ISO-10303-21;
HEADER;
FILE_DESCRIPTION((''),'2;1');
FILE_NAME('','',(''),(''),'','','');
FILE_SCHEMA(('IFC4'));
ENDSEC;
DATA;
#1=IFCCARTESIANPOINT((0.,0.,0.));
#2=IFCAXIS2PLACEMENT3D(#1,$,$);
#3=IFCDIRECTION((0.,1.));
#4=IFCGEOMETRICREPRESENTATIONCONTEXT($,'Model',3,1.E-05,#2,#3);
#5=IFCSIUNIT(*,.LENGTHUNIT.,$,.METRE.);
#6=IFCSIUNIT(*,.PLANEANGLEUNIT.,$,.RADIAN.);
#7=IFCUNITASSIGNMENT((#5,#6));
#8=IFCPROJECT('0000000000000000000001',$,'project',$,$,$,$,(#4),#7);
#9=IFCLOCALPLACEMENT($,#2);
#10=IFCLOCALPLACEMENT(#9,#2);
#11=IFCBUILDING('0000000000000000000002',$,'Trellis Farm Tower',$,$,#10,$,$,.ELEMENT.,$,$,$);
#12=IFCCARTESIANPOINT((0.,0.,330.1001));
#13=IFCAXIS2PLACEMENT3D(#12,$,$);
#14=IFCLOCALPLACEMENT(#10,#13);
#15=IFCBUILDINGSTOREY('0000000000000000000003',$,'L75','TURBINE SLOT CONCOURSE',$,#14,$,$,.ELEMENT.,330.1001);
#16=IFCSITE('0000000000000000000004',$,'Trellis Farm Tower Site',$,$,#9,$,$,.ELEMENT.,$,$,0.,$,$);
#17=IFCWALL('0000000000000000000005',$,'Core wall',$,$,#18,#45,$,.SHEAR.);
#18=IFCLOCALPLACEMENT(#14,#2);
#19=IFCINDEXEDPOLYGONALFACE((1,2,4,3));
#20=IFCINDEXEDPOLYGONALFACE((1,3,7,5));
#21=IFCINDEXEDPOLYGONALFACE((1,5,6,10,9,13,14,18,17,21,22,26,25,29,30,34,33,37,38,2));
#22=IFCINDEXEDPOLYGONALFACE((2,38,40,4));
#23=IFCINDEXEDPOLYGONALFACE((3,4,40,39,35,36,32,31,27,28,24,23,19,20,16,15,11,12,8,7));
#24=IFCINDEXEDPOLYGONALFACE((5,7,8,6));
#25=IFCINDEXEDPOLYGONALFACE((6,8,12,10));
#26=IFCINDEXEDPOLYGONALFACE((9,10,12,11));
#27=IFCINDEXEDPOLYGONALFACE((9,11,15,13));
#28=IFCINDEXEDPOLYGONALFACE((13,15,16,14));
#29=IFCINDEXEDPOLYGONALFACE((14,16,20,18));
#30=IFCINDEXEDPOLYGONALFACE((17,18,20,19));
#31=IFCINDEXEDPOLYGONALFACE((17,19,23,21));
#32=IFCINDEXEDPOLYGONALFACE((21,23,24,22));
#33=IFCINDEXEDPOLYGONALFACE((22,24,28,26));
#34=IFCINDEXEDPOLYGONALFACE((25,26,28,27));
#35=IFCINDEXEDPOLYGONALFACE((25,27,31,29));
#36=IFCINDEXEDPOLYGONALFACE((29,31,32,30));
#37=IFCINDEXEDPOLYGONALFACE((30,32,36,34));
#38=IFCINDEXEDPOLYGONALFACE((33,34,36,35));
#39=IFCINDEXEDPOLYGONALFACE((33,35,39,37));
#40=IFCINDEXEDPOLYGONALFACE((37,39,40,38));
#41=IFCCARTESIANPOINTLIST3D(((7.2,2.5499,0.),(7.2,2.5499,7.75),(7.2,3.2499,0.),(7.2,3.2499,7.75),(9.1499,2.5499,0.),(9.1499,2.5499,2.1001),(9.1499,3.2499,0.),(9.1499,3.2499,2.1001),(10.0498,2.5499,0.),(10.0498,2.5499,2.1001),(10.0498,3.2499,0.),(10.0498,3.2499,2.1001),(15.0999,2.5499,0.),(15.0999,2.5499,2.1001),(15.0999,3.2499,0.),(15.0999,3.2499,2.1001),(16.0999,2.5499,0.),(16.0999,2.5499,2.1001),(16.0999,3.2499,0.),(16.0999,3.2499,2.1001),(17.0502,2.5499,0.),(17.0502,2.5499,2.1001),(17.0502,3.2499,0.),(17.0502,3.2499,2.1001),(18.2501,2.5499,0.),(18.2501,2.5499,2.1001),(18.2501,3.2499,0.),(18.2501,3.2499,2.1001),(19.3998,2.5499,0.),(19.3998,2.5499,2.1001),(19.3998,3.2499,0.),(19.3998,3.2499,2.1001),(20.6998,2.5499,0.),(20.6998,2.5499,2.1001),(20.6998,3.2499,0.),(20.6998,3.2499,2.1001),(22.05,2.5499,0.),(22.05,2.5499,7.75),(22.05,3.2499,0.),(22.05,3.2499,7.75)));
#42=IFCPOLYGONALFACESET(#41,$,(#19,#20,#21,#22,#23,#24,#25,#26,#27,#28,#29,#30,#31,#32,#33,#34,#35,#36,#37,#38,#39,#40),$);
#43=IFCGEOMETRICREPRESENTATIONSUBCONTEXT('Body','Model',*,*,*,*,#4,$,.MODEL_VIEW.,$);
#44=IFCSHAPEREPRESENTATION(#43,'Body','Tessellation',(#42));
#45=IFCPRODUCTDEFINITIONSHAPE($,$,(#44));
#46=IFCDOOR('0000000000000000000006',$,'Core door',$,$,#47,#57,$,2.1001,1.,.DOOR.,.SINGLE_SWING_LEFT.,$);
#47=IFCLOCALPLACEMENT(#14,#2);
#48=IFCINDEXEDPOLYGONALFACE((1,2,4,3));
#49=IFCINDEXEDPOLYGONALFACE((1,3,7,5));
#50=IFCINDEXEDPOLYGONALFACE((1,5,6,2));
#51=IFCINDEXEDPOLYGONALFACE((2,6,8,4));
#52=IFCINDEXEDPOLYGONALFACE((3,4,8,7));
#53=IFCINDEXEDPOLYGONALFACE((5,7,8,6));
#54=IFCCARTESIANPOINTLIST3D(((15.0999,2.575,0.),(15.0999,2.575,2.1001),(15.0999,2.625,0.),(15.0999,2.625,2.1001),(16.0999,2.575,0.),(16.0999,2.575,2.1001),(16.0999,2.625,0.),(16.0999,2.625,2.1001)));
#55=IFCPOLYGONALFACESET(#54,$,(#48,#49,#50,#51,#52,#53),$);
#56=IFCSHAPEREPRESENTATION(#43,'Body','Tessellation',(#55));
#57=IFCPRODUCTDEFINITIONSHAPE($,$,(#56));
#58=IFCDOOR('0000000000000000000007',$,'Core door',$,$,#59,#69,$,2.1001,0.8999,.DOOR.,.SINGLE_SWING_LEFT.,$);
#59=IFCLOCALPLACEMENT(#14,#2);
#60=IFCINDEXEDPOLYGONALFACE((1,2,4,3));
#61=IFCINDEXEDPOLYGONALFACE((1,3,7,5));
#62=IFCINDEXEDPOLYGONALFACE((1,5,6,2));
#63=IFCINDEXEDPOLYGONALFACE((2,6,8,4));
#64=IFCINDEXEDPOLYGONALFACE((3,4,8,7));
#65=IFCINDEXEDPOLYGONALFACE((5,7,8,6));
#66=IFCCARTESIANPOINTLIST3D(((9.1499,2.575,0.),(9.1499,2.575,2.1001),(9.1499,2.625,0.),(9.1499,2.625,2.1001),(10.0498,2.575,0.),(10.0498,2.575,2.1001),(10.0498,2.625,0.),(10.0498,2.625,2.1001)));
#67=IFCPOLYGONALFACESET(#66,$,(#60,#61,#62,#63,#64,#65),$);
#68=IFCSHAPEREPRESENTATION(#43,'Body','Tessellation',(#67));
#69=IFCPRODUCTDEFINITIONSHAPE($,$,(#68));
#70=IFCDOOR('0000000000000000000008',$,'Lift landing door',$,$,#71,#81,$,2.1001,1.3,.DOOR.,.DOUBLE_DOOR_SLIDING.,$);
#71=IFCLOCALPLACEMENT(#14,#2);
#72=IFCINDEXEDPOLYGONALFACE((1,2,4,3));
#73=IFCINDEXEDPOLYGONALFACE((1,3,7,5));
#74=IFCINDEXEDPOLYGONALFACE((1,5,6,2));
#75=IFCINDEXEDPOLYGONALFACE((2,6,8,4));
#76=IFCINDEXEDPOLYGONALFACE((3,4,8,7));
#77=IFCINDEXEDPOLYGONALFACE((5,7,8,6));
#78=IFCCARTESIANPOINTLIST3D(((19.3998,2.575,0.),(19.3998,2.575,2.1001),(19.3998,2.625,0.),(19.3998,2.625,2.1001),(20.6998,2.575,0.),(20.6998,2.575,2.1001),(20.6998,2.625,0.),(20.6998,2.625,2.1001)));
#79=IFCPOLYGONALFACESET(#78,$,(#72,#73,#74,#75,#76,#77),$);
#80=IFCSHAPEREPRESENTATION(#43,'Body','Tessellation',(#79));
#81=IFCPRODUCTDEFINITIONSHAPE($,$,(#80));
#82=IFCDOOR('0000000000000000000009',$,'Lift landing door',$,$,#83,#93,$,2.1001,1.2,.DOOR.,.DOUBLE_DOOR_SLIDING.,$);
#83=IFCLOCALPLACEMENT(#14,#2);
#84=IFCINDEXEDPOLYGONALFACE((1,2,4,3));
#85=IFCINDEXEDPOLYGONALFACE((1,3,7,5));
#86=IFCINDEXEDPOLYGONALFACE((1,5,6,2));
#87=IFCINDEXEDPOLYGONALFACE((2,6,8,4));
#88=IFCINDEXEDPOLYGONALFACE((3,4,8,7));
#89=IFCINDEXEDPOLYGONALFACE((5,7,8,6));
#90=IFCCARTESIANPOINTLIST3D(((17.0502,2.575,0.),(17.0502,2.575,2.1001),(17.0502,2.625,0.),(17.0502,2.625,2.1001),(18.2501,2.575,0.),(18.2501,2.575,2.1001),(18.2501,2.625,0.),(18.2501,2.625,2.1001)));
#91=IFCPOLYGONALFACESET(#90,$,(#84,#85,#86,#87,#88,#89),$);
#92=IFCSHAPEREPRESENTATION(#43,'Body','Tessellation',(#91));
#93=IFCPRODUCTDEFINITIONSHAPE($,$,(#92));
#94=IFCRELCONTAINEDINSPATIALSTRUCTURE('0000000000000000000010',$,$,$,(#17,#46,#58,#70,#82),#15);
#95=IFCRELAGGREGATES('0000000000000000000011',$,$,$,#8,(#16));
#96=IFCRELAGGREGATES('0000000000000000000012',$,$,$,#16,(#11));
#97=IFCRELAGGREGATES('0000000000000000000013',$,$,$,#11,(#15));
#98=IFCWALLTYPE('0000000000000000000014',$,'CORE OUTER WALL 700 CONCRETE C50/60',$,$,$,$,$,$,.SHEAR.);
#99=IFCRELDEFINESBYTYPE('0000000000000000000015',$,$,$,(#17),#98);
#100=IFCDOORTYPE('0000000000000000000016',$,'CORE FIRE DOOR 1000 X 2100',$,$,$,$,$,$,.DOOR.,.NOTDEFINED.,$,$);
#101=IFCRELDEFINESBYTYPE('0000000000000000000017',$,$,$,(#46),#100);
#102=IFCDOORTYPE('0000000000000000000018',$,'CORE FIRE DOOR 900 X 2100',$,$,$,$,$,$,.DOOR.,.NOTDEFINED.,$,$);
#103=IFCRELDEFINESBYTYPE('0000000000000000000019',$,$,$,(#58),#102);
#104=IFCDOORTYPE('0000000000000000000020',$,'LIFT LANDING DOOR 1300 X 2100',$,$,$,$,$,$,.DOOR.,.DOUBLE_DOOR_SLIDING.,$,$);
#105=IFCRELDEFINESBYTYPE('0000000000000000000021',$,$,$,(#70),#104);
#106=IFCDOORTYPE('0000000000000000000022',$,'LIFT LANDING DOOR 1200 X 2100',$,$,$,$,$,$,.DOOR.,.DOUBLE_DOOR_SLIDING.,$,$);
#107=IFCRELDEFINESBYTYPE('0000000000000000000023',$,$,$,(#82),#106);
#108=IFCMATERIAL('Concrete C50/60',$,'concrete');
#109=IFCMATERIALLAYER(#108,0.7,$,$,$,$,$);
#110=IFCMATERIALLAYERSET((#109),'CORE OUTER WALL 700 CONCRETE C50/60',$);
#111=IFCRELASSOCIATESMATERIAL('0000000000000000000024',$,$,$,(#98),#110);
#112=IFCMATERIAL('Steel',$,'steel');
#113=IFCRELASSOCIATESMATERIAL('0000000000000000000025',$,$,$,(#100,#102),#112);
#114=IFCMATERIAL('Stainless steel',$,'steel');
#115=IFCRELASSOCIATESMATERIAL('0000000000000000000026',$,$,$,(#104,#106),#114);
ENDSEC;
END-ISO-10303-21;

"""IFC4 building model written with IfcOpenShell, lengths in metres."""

from ifc_helpers import new_model, si_unit, direction, frame, frame_2d, origin, place, context, subcontext, project, spatial, rectangle, extrude, source, transform, mapped, material, layer, layer_set, type_object, element, fill, save


model = new_model("IFC4")

# Units and contexts
model_context = context("Model", 3, precision=1e-05, world=origin(), true_north=direction((0.0, 1.0)))
body_context = subcontext(model_context, "Body", "Model", "MODEL_VIEW")
ifc_project = project(units=[si_unit("LENGTHUNIT", "METRE"), si_unit("PLANEANGLEUNIT", "RADIAN")], contexts=[model_context])

# Site, building, storey
site_placement = place(None, origin())
site = spatial("IfcSite", under=ifc_project, at=site_placement, Name="Trellis Farm Tower Site", CompositionType="ELEMENT", RefElevation=0.0)
building_placement = place(site_placement, origin())
building = spatial("IfcBuilding", under=site, at=building_placement, Name="Trellis Farm Tower", CompositionType="ELEMENT")
storey_placement = place(building_placement, frame((0.0, 0.0, 330.1001)))
storey = spatial("IfcBuildingStorey", under=building, at=storey_placement, Name="L75", Description="TURBINE SLOT CONCOURSE", CompositionType="ELEMENT", Elevation=330.1001)

# Shared definitions
ifc_material_1 = material(Name="Concrete C50/60", Category="concrete")

# Wall, openings, doors
ifc_layer_1 = layer(ifc_material_1, 0.7)
ifc_layer_set_1 = layer_set([ifc_layer_1], Name="CORE OUTER WALL 700 CONCRETE C50/60")
wall_type = type_object("IfcWallType", Name="CORE OUTER WALL 700 CONCRETE C50/60", PredefinedType="SHEAR", material=ifc_layer_set_1)
shared_shape_1 = source(origin(), body_context, "Body", "SweptSolid", [
    extrude(rectangle(XDim=14.8501, YDim=0.7, at=frame_2d((7.425, 0.0))), origin(), (0.0, 0.0, 1.0), 7.75),
])
wall_placement = place(storey_placement, frame((7.2, 2.8999, 0.0), z_axis=(0.0, 0.0, 1.0), x_axis=(1.0, 0.0, 0.0)))
wall = element("IfcWall", 1, at=wall_placement, inside=storey, type_object=wall_type, Name="Core wall", PredefinedType="SHEAR", context=body_context, shape_type="MappedRepresentation", body=[
    mapped(shared_shape_1, transform((0.0, 0.0, 0.0))),
])
shared_shape_2 = source(origin(), body_context, "Body", "SweptSolid", [
    extrude(rectangle(XDim=1.3, YDim=2.1001, at=frame_2d((0.6499, 1.05))), frame((0.0, 0.3601, 0.0), z_axis=(0.0, -1.0, 0.0), x_axis=(1.0, 0.0, 0.0)), (0.0, 0.0, 1.0), 0.7202),
])
opening_1_placement = place(wall_placement, frame((12.2, 0.0, 0.0)))
opening_1 = element("IfcOpeningElement", 2, at=opening_1_placement, cuts=wall, PredefinedType="OPENING", context=body_context, shape_type="MappedRepresentation", body=[
    mapped(shared_shape_2, transform((0.0, 0.0, 0.0))),
])
shared_shape_3 = source(origin(), body_context, "Body", "SweptSolid", [
    extrude(rectangle(XDim=1.2, YDim=2.1001, at=frame_2d((0.6001, 1.05))), frame((0.0, 0.3601, 0.0), z_axis=(0.0, -1.0, 0.0), x_axis=(1.0, 0.0, 0.0)), (0.0, 0.0, 1.0), 0.7202),
])
opening_2_placement = place(wall_placement, frame((9.8501, 0.0, 0.0)))
opening_2 = element("IfcOpeningElement", 3, at=opening_2_placement, cuts=wall, PredefinedType="OPENING", context=body_context, shape_type="MappedRepresentation", body=[
    mapped(shared_shape_3, transform((0.0, 0.0, 0.0))),
])
shared_shape_4 = source(origin(), body_context, "Body", "SweptSolid", [
    extrude(rectangle(XDim=1.0, YDim=2.1001, at=frame_2d((0.5, 1.05))), frame((0.0, 0.3601, 0.0), z_axis=(0.0, -1.0, 0.0), x_axis=(1.0, 0.0, 0.0)), (0.0, 0.0, 1.0), 0.7202),
])
opening_3_placement = place(wall_placement, frame((7.8999, 0.0, 0.0)))
opening_3 = element("IfcOpeningElement", 4, at=opening_3_placement, cuts=wall, PredefinedType="OPENING", context=body_context, shape_type="MappedRepresentation", body=[
    mapped(shared_shape_4, transform((0.0, 0.0, 0.0))),
])
shared_shape_5 = source(origin(), body_context, "Body", "SweptSolid", [
    extrude(rectangle(XDim=0.8999, YDim=2.1001, at=frame_2d((0.45, 1.05))), frame((0.0, 0.3601, 0.0), z_axis=(0.0, -1.0, 0.0), x_axis=(1.0, 0.0, 0.0)), (0.0, 0.0, 1.0), 0.7202),
])
opening_4_placement = place(wall_placement, frame((1.95, 0.0, 0.0)))
opening_4 = element("IfcOpeningElement", 5, at=opening_4_placement, cuts=wall, PredefinedType="OPENING", context=body_context, shape_type="MappedRepresentation", body=[
    mapped(shared_shape_5, transform((0.0, 0.0, 0.0))),
])
ifc_material_2 = material(Name="Steel", Category="steel")
door_type_1 = type_object("IfcDoorType", Name="CORE FIRE DOOR 1000 X 2100", OperationType="NOTDEFINED", PredefinedType="DOOR", material=ifc_material_2)
shared_shape_6 = source(origin(), body_context, "Body", "SweptSolid", [
    extrude(rectangle(XDim=1.0, YDim=2.1001, at=frame_2d((0.5, 1.05))), frame((0.0, -0.2749, 0.0), z_axis=(0.0, -1.0, 0.0), x_axis=(1.0, 0.0, 0.0)), (0.0, 0.0, 1.0), 0.05),
])
door_1_placement = place(opening_3_placement, origin())
door_1 = element("IfcDoor", 6, at=door_1_placement, inside=storey, type_object=door_type_1, Name="Core door", OperationType="SINGLE_SWING_LEFT", OverallHeight=2.1001, OverallWidth=1.0, PredefinedType="DOOR", context=body_context, shape_type="MappedRepresentation", body=[
    mapped(shared_shape_6, transform((0.0, 0.0, 0.0))),
])
fill(opening_3, door_1)
door_type_2 = type_object("IfcDoorType", Name="CORE FIRE DOOR 900 X 2100", OperationType="NOTDEFINED", PredefinedType="DOOR", material=ifc_material_2)
shared_shape_7 = source(origin(), body_context, "Body", "SweptSolid", [
    extrude(rectangle(XDim=0.8999, YDim=2.1001, at=frame_2d((0.45, 1.05))), frame((0.0, -0.2749, 0.0), z_axis=(0.0, -1.0, 0.0), x_axis=(1.0, 0.0, 0.0)), (0.0, 0.0, 1.0), 0.05),
])
door_2_placement = place(opening_4_placement, origin())
door_2 = element("IfcDoor", 7, at=door_2_placement, inside=storey, type_object=door_type_2, Name="Core door", OperationType="SINGLE_SWING_LEFT", OverallHeight=2.1001, OverallWidth=0.8999, PredefinedType="DOOR", context=body_context, shape_type="MappedRepresentation", body=[
    mapped(shared_shape_7, transform((0.0, 0.0, 0.0))),
])
fill(opening_4, door_2)
ifc_material_3 = material(Name="Stainless steel", Category="steel")
door_type_3 = type_object("IfcDoorType", Name="LIFT LANDING DOOR 1300 X 2100", OperationType="DOUBLE_DOOR_SLIDING", PredefinedType="DOOR", material=ifc_material_3)
shared_shape_8 = source(origin(), body_context, "Body", "SweptSolid", [
    extrude(rectangle(XDim=1.3, YDim=2.1001, at=frame_2d((0.6499, 1.05))), frame((0.0, -0.2749, 0.0), z_axis=(0.0, -1.0, 0.0), x_axis=(1.0, 0.0, 0.0)), (0.0, 0.0, 1.0), 0.05),
])
door_3_placement = place(opening_1_placement, origin())
door_3 = element("IfcDoor", 8, at=door_3_placement, inside=storey, type_object=door_type_3, Name="Lift landing door", OperationType="DOUBLE_DOOR_SLIDING", OverallHeight=2.1001, OverallWidth=1.3, PredefinedType="DOOR", context=body_context, shape_type="MappedRepresentation", body=[
    mapped(shared_shape_8, transform((0.0, 0.0, 0.0))),
])
fill(opening_1, door_3)
door_type_4 = type_object("IfcDoorType", Name="LIFT LANDING DOOR 1200 X 2100", OperationType="DOUBLE_DOOR_SLIDING", PredefinedType="DOOR", material=ifc_material_3)
shared_shape_9 = source(origin(), body_context, "Body", "SweptSolid", [
    extrude(rectangle(XDim=1.2, YDim=2.1001, at=frame_2d((0.6001, 1.05))), frame((0.0, -0.2749, 0.0), z_axis=(0.0, -1.0, 0.0), x_axis=(1.0, 0.0, 0.0)), (0.0, 0.0, 1.0), 0.05),
])
door_4_placement = place(opening_2_placement, origin())
door_4 = element("IfcDoor", 9, at=door_4_placement, inside=storey, type_object=door_type_4, Name="Lift landing door", OperationType="DOUBLE_DOOR_SLIDING", OverallHeight=2.1001, OverallWidth=1.2, PredefinedType="DOOR", context=body_context, shape_type="MappedRepresentation", body=[
    mapped(shared_shape_9, transform((0.0, 0.0, 0.0))),
])
fill(opening_2, door_4)

save(model, "model.ifc")
